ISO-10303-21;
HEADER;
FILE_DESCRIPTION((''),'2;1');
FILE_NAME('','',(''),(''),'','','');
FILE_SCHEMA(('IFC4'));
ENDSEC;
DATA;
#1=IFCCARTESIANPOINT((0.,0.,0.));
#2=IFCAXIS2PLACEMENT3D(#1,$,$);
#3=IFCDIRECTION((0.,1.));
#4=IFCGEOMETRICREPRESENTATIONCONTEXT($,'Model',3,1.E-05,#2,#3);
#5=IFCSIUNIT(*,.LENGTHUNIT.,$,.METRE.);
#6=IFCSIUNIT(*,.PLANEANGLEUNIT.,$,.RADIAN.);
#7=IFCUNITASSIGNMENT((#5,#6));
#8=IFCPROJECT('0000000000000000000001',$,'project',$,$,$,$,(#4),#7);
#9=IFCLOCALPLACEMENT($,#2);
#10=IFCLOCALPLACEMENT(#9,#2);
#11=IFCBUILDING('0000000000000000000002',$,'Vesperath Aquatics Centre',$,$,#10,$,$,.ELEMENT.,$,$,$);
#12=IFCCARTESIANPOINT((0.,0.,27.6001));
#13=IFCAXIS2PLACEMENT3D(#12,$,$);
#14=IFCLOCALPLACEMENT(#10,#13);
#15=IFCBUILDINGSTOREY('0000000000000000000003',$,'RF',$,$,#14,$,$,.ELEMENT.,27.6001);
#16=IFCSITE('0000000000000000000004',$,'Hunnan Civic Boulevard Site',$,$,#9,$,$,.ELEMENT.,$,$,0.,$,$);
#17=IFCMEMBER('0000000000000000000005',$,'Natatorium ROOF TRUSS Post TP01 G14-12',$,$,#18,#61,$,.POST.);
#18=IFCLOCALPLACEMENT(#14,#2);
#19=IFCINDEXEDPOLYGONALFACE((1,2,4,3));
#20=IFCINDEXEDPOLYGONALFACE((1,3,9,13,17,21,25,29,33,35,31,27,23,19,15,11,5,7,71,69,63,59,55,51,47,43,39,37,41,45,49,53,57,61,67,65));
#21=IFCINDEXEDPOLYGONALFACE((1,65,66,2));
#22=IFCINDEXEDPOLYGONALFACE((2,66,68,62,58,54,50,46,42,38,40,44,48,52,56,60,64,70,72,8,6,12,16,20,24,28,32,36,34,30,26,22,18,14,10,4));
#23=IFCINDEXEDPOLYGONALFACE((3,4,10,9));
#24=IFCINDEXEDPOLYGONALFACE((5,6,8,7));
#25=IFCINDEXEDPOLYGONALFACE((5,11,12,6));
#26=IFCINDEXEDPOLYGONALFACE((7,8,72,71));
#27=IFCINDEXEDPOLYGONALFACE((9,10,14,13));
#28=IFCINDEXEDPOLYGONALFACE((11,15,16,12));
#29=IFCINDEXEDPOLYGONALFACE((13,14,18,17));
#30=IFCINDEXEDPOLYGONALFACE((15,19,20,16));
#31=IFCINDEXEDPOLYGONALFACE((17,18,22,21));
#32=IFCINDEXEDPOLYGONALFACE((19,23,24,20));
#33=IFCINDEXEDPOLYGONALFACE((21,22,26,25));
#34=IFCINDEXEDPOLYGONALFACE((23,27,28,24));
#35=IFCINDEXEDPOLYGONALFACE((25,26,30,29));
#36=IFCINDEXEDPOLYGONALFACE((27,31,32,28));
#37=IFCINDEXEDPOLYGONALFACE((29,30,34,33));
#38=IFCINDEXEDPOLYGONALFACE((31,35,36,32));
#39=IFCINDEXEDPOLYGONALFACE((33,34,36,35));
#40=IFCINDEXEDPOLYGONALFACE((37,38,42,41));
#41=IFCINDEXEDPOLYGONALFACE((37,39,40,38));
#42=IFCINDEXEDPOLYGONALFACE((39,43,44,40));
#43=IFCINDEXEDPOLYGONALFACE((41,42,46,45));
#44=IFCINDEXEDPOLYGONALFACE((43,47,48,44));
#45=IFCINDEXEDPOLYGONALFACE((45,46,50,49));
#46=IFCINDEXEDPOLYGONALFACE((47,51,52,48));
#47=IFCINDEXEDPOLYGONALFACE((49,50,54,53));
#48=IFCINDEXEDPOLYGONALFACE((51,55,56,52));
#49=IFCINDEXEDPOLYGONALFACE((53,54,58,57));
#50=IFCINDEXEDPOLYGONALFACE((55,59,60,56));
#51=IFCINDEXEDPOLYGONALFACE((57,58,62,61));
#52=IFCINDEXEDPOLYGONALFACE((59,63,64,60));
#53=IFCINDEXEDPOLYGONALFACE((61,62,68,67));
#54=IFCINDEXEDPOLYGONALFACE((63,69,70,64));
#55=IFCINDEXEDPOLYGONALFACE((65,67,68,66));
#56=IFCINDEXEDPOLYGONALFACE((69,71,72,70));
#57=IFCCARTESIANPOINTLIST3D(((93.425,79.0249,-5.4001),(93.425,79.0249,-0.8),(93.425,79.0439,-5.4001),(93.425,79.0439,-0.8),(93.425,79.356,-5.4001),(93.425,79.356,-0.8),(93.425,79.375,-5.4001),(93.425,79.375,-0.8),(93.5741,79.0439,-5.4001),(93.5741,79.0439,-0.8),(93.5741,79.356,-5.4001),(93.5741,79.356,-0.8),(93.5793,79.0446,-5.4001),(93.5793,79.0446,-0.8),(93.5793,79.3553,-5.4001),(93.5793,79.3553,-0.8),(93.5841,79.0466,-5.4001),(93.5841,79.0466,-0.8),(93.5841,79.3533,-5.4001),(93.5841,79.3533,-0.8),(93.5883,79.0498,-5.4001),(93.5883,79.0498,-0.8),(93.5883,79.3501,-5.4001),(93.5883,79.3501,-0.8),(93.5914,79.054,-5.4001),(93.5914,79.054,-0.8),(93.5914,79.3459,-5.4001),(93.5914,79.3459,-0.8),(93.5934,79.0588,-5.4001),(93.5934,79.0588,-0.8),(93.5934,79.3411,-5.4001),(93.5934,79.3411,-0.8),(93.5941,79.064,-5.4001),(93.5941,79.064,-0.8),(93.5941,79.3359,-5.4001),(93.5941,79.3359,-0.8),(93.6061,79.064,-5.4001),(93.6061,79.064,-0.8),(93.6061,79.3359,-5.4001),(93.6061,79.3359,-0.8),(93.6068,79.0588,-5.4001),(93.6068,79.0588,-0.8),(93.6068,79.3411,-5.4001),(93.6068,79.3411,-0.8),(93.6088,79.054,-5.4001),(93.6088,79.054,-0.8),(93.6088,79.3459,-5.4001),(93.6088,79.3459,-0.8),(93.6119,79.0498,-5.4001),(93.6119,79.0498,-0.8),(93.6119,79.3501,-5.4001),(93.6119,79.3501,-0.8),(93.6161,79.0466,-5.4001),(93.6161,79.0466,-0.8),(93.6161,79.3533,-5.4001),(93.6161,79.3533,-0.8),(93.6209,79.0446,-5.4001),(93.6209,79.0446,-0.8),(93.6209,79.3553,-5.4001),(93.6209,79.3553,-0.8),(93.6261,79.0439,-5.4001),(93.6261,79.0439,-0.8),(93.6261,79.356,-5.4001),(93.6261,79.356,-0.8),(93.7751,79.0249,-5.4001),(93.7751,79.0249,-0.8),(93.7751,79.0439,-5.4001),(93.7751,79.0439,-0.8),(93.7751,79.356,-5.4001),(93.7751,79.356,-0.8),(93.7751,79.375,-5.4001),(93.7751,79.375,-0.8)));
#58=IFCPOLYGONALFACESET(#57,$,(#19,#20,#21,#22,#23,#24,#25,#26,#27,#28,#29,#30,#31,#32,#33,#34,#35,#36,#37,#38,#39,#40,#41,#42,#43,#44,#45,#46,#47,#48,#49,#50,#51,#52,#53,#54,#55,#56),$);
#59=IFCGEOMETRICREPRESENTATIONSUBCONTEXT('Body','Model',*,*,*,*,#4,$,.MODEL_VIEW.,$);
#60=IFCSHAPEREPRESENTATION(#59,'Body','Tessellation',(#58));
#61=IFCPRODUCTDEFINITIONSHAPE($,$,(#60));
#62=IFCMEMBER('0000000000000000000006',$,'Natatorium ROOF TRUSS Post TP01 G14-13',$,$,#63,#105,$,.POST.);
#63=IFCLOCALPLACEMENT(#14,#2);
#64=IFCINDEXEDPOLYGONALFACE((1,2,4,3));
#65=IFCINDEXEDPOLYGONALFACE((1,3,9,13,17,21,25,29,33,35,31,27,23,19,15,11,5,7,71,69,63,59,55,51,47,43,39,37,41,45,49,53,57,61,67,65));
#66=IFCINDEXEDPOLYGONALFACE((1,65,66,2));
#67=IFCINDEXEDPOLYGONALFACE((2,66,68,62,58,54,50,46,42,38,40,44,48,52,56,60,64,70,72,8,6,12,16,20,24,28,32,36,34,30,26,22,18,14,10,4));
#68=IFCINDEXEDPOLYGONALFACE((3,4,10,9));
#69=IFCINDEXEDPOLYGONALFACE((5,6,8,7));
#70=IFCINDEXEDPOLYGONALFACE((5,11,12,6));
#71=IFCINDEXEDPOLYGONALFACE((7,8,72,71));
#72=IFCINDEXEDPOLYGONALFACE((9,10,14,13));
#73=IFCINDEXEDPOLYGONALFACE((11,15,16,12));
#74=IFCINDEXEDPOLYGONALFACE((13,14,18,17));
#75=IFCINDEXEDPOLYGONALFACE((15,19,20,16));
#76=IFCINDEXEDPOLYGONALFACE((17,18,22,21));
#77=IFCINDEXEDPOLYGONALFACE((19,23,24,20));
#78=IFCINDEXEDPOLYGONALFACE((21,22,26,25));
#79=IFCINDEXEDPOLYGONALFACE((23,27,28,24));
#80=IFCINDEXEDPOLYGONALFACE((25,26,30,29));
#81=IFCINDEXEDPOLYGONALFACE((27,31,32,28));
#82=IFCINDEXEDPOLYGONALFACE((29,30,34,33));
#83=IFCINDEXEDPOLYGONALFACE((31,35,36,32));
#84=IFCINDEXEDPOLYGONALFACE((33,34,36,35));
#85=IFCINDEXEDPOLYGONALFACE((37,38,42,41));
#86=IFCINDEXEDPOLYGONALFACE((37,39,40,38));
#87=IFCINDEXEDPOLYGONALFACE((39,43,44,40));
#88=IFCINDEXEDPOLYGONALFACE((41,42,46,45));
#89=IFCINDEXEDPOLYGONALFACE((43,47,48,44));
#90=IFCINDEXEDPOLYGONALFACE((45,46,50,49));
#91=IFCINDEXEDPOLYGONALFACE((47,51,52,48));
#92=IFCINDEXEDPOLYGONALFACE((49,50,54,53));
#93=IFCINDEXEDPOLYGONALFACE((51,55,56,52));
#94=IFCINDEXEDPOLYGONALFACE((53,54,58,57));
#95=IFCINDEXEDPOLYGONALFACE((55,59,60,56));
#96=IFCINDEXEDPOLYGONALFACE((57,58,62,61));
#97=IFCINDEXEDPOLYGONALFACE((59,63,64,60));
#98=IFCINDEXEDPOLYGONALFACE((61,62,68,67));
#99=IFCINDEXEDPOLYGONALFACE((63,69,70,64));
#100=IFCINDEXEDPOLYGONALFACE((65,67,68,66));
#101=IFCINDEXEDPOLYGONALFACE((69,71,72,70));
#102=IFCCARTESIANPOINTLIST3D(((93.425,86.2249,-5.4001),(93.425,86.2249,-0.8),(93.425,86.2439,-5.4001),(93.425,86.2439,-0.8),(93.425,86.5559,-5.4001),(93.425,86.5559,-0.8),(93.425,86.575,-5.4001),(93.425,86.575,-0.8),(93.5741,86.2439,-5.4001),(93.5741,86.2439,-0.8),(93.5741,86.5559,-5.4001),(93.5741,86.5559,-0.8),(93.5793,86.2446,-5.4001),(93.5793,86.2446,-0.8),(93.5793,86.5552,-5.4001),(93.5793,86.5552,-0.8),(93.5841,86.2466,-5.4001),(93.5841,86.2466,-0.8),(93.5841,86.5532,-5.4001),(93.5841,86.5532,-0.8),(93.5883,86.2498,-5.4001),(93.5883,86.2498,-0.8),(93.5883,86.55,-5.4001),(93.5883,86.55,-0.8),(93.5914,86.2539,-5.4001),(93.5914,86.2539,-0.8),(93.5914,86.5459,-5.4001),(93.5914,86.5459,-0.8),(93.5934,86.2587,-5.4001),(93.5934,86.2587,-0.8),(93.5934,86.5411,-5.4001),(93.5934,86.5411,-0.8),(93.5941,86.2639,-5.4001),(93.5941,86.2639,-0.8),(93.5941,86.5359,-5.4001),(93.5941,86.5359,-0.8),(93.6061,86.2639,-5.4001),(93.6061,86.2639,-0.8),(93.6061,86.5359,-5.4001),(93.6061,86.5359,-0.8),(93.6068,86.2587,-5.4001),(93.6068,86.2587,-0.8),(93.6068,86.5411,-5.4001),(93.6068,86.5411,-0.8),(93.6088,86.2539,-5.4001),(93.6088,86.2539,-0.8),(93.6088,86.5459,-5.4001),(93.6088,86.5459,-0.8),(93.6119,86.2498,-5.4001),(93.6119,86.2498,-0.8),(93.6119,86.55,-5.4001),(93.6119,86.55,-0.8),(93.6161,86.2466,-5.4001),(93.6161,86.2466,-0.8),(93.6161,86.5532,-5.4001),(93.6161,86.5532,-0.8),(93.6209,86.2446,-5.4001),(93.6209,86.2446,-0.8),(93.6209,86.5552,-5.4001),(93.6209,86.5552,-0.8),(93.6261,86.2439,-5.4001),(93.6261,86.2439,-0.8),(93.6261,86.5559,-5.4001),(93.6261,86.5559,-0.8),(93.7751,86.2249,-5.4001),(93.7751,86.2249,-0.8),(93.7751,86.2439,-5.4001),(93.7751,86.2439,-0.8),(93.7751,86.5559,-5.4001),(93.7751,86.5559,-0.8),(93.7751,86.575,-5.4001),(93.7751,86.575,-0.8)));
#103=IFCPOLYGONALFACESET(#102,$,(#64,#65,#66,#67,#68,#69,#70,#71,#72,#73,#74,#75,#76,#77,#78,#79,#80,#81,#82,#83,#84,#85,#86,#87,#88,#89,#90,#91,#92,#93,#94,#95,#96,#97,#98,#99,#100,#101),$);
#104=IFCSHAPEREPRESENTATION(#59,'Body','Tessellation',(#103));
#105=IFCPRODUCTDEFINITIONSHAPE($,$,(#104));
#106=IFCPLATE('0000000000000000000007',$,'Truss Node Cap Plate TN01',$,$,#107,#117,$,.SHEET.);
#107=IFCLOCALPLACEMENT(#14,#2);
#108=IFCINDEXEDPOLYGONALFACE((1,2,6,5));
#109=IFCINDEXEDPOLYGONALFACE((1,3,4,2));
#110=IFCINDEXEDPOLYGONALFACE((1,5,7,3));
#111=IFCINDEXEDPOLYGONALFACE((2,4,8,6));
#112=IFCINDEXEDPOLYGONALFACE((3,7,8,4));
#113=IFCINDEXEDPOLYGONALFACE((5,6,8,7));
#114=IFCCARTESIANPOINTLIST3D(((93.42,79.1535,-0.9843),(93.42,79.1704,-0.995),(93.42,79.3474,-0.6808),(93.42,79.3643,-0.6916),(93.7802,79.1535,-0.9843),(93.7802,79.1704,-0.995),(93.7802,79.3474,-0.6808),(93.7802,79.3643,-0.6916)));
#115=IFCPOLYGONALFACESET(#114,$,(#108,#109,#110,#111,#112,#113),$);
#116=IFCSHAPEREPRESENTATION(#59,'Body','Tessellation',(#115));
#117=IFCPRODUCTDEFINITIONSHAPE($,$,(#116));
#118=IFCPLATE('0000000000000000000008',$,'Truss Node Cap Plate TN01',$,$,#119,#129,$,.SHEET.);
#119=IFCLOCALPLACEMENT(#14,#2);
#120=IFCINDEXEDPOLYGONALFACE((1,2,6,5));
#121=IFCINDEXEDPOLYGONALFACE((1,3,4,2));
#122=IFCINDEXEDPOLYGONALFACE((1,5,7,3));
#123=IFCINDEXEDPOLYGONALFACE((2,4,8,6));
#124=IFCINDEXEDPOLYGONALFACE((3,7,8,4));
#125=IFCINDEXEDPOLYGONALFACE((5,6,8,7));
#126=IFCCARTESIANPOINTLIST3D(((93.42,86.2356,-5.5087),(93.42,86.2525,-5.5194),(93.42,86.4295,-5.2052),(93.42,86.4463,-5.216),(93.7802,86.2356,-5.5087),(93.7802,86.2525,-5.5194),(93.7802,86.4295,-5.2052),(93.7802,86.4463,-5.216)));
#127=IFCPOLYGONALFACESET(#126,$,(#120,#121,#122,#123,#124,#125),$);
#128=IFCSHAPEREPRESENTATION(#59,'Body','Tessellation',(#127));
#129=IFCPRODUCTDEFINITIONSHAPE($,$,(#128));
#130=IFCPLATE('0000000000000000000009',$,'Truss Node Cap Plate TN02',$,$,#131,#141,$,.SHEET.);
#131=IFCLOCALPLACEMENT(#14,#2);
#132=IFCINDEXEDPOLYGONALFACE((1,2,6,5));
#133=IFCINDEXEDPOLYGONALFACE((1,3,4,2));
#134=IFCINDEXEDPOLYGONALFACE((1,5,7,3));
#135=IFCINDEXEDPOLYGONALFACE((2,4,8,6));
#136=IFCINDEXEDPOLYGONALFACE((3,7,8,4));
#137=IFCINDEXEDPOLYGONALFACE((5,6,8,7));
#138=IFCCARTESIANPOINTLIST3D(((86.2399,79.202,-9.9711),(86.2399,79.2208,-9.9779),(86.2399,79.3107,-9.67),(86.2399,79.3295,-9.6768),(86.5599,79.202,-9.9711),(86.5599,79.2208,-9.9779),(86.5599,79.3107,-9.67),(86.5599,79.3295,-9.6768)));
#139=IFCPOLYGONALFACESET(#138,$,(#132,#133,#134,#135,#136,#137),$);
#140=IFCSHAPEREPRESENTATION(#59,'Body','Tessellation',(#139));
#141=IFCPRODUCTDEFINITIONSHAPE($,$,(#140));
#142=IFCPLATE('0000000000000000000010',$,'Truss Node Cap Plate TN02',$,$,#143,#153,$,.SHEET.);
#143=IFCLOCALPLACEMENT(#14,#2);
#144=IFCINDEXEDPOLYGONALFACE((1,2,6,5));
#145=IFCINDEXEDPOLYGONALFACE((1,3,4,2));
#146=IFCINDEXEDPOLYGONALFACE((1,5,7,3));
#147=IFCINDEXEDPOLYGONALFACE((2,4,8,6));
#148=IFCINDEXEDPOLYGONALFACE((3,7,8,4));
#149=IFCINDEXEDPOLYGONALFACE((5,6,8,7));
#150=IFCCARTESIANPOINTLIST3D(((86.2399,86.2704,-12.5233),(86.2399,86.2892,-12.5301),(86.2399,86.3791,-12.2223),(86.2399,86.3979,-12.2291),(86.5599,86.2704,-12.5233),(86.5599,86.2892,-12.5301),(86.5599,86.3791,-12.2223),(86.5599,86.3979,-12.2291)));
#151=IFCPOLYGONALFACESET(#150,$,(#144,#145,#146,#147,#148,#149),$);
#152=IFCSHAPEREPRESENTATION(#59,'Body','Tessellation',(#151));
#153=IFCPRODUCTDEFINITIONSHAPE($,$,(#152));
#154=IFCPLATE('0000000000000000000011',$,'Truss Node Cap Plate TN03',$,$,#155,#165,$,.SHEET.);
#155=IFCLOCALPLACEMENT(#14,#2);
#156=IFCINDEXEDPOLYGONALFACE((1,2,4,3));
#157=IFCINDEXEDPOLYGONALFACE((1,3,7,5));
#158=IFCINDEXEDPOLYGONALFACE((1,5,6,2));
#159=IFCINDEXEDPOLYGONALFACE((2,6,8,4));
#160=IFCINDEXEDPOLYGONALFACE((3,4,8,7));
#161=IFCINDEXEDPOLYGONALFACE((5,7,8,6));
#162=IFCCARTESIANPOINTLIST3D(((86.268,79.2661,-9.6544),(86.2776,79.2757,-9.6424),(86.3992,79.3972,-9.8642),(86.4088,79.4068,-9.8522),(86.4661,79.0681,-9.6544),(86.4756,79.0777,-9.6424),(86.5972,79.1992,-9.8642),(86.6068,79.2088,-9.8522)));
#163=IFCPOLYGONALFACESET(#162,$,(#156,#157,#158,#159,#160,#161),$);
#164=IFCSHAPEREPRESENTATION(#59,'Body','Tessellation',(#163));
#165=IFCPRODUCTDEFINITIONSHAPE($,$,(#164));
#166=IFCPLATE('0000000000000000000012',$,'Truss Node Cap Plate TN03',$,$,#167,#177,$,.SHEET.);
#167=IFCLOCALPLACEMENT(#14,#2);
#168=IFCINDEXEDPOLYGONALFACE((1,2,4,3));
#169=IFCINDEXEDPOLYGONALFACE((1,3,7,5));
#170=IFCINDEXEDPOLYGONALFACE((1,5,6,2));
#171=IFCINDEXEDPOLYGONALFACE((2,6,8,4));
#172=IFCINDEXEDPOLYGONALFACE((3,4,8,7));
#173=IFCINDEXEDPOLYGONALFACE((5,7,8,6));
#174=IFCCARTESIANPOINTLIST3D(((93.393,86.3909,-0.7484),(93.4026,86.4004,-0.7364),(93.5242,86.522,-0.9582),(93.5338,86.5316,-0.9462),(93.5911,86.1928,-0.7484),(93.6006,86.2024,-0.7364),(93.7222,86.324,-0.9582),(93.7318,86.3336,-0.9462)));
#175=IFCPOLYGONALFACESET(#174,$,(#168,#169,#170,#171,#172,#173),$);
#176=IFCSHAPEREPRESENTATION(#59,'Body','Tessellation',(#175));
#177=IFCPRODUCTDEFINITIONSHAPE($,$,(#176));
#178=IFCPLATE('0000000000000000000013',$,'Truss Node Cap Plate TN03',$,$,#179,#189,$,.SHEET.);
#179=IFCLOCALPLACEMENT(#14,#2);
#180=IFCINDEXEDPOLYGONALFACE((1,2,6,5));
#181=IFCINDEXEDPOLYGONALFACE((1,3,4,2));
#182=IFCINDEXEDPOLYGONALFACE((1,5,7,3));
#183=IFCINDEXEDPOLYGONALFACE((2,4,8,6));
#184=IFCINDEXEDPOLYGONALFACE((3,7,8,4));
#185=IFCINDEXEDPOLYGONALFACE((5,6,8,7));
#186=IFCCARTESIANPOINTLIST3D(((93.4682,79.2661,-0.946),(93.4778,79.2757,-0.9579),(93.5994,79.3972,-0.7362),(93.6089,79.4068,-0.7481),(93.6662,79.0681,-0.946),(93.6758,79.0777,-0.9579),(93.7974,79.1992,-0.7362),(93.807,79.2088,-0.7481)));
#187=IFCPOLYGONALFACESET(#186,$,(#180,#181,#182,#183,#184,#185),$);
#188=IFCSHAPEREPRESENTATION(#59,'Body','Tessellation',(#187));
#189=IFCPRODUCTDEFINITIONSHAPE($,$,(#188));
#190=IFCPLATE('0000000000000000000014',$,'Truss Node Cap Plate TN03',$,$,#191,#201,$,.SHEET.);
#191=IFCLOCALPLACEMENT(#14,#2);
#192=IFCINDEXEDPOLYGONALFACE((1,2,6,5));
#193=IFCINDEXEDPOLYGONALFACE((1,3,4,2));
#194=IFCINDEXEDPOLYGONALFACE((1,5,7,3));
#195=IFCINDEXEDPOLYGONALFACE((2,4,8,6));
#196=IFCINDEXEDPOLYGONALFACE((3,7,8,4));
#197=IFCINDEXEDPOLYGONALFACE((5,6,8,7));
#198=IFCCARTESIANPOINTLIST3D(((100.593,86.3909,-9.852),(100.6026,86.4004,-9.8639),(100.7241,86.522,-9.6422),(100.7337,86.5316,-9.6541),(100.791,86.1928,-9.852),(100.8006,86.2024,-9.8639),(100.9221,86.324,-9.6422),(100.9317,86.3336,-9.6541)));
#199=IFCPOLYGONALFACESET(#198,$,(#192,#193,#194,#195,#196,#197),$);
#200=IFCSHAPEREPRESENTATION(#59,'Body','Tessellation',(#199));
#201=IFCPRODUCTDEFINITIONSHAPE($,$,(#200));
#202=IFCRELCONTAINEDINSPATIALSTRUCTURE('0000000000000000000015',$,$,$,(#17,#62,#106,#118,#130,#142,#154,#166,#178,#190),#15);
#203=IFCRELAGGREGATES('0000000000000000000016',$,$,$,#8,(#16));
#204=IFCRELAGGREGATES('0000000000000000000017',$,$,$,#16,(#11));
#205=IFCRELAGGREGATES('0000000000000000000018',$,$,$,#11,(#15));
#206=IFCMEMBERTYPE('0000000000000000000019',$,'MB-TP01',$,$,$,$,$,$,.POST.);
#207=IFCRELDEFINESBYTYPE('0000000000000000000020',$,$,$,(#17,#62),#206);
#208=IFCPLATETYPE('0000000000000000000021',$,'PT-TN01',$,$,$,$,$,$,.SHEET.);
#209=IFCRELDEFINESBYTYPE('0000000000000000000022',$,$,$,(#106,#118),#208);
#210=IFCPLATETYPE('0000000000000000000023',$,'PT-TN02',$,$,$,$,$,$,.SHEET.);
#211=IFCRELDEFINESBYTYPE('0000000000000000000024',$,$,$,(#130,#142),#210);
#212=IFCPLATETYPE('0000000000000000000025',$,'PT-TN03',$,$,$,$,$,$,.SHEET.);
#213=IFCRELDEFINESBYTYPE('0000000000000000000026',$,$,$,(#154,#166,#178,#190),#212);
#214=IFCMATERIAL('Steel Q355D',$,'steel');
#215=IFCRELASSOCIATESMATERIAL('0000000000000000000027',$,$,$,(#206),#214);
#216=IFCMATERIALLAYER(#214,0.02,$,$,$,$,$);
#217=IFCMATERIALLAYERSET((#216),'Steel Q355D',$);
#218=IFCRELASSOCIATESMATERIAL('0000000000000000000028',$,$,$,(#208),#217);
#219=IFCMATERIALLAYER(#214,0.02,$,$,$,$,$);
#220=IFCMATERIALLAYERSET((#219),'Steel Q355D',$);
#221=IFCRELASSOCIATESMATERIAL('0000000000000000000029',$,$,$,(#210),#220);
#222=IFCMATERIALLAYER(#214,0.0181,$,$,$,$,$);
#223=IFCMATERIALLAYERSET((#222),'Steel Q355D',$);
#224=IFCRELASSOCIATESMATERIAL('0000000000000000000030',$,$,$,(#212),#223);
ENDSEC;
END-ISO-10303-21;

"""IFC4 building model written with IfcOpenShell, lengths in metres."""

from ifc_helpers import new_model, si_unit, direction, frame, origin, origin_2d, place, context, subcontext, project, spatial, rectangle, i_section, extrude, material, layer, layer_set, material_profile, profile_set, type_object, element, save


model = new_model("IFC4")

# Units and contexts
model_context = context("Model", 3, precision=1e-05, world=origin(), true_north=direction((0.0, 1.0)))
body_context = subcontext(model_context, "Body", "Model", "MODEL_VIEW")
ifc_project = project(units=[si_unit("LENGTHUNIT", "METRE"), si_unit("PLANEANGLEUNIT", "RADIAN")], contexts=[model_context])

# Site, building, storey
site_placement = place(None, origin())
site = spatial("IfcSite", under=ifc_project, at=site_placement, Name="Hunnan Civic Boulevard Site", CompositionType="ELEMENT", RefElevation=0.0)
building_placement = place(site_placement, origin())
building = spatial("IfcBuilding", under=site, at=building_placement, Name="Vesperath Aquatics Centre", CompositionType="ELEMENT")
storey_placement = place(building_placement, frame((0.0, 0.0, 27.6001)))
storey = spatial("IfcBuildingStorey", under=building, at=storey_placement, Name="RF", CompositionType="ELEMENT", Elevation=27.6001)

# Members
ifc_material_1 = material(Name="Steel Q355D", Category="steel")
ifc_material_profile_1 = material_profile(ifc_material_1, i_section(OverallWidth=0.3501, OverallDepth=0.3501, WebThickness=0.012, FlangeThickness=0.019, FilletRadius=0.02, at=origin_2d()), Name="HW 350x350x12x19")
ifc_profile_set_1 = profile_set([ifc_material_profile_1], Name="Steel Q355D")
member_type_1 = type_object("IfcMemberType", Name="MB-TP01", PredefinedType="POST", material=ifc_profile_set_1)
for number, where, z_axis, x_axis, name in (
    (1, (93.6001, 79.2, -5.4001), (0.0, 0.0, 1.0), (1.0, 0.0, 0.0), "Natatorium ROOF TRUSS Post TP01 G14-12"),
    (2, (93.6001, 86.3999, -5.4001), (0.0, 0.0, 1.0), (1.0, 0.0, 0.0), "Natatorium ROOF TRUSS Post TP01 G14-13"),
):
    element("IfcMember", number, at=place(storey_placement, frame(where, z_axis=z_axis, x_axis=x_axis)), inside=storey, type_object=member_type_1, Name=name, PredefinedType="POST", context=body_context, shape_type="SweptSolid", body=[
        extrude(i_section(OverallWidth=0.3501, OverallDepth=0.3501, WebThickness=0.012, FlangeThickness=0.019, FilletRadius=0.02, at=origin_2d()), origin(), (0.0, 0.0, 1.0), 4.6001),
    ])

# Plates
ifc_layer_1 = layer(ifc_material_1, 0.02)
ifc_layer_set_1 = layer_set([ifc_layer_1], Name="Steel Q355D")
plate_type_1 = type_object("IfcPlateType", Name="PT-TN01", PredefinedType="SHEET", material=ifc_layer_set_1)
for number, where, z_axis, x_axis, name in (
    (3, (93.6001, 79.2505, -0.8325), (0.0, 0.842696, -0.538389), (-1.0, 0.0, 0.0), "Truss Node Cap Plate TN01"),
    (4, (93.6001, 86.3325, -5.3569), (0.0, 0.842696, -0.538389), (-1.0, 0.0, 0.0), "Truss Node Cap Plate TN01"),
):
    element("IfcPlate", number, at=place(storey_placement, frame(where, z_axis=z_axis, x_axis=x_axis)), inside=storey, type_object=plate_type_1, Name=name, PredefinedType="SHEET", context=body_context, shape_type="SweptSolid", body=[
        extrude(rectangle(XDim=0.3601, YDim=0.3601, at=origin_2d()), origin(), (0.0, 0.0, 1.0), 0.02),
    ])
ifc_layer_2 = layer(ifc_material_1, 0.02)
ifc_layer_set_2 = layer_set([ifc_layer_2], Name="Steel Q355D")
plate_type_2 = type_object("IfcPlateType", Name="PT-TN02", PredefinedType="SHEET", material=ifc_layer_set_2)
for number, where, z_axis, x_axis, name in (
    (5, (86.3999, 79.2563, -9.8206), (0.0, 0.940554, -0.339644), (-1.0, 0.0, 0.0), "Truss Node Cap Plate TN02"),
    (6, (86.3999, 86.3247, -12.3728), (0.0, 0.940554, -0.339644), (-1.0, 0.0, 0.0), "Truss Node Cap Plate TN02"),
):
    element("IfcPlate", number, at=place(storey_placement, frame(where, z_axis=z_axis, x_axis=x_axis)), inside=storey, type_object=plate_type_2, Name=name, PredefinedType="SHEET", context=body_context, shape_type="SweptSolid", body=[
        extrude(rectangle(XDim=0.3201, YDim=0.3201, at=origin_2d()), origin(), (0.0, 0.0, 1.0), 0.02),
    ])
ifc_layer_3 = layer(ifc_material_1, 0.0181)
ifc_layer_set_3 = layer_set([ifc_layer_3], Name="Steel Q355D")
plate_type_3 = type_object("IfcPlateType", Name="PT-TN03", PredefinedType="SHEET", material=ifc_layer_set_3)
for number, where, z_axis, x_axis, name in (
    (7, (86.4326, 79.2327, -9.7593), (0.529813, 0.529813, 0.662266), (-0.707107, 0.707107, 0.0), "Truss Node Cap Plate TN03"),
    (8, (93.5576, 86.3574, -0.8533), (0.529813, 0.529813, 0.662266), (-0.707107, 0.707107, 0.0), "Truss Node Cap Plate TN03"),
    (9, (93.6328, 79.2327, -0.8411), (0.529813, 0.529813, -0.662266), (-0.707107, 0.707107, 0.0), "Truss Node Cap Plate TN03"),
    (10, (100.7576, 86.3574, -9.7471), (0.529813, 0.529813, -0.662266), (-0.707107, 0.707107, 0.0), "Truss Node Cap Plate TN03"),
):
    element("IfcPlate", number, at=place(storey_placement, frame(where, z_axis=z_axis, x_axis=x_axis)), inside=storey, type_object=plate_type_3, Name=name, PredefinedType="SHEET", context=body_context, shape_type="SweptSolid", body=[
        extrude(rectangle(XDim=0.28, YDim=0.28, at=origin_2d()), origin(), (0.0, 0.0, 1.0), 0.0181),
    ])

save(model, "model.ifc")
